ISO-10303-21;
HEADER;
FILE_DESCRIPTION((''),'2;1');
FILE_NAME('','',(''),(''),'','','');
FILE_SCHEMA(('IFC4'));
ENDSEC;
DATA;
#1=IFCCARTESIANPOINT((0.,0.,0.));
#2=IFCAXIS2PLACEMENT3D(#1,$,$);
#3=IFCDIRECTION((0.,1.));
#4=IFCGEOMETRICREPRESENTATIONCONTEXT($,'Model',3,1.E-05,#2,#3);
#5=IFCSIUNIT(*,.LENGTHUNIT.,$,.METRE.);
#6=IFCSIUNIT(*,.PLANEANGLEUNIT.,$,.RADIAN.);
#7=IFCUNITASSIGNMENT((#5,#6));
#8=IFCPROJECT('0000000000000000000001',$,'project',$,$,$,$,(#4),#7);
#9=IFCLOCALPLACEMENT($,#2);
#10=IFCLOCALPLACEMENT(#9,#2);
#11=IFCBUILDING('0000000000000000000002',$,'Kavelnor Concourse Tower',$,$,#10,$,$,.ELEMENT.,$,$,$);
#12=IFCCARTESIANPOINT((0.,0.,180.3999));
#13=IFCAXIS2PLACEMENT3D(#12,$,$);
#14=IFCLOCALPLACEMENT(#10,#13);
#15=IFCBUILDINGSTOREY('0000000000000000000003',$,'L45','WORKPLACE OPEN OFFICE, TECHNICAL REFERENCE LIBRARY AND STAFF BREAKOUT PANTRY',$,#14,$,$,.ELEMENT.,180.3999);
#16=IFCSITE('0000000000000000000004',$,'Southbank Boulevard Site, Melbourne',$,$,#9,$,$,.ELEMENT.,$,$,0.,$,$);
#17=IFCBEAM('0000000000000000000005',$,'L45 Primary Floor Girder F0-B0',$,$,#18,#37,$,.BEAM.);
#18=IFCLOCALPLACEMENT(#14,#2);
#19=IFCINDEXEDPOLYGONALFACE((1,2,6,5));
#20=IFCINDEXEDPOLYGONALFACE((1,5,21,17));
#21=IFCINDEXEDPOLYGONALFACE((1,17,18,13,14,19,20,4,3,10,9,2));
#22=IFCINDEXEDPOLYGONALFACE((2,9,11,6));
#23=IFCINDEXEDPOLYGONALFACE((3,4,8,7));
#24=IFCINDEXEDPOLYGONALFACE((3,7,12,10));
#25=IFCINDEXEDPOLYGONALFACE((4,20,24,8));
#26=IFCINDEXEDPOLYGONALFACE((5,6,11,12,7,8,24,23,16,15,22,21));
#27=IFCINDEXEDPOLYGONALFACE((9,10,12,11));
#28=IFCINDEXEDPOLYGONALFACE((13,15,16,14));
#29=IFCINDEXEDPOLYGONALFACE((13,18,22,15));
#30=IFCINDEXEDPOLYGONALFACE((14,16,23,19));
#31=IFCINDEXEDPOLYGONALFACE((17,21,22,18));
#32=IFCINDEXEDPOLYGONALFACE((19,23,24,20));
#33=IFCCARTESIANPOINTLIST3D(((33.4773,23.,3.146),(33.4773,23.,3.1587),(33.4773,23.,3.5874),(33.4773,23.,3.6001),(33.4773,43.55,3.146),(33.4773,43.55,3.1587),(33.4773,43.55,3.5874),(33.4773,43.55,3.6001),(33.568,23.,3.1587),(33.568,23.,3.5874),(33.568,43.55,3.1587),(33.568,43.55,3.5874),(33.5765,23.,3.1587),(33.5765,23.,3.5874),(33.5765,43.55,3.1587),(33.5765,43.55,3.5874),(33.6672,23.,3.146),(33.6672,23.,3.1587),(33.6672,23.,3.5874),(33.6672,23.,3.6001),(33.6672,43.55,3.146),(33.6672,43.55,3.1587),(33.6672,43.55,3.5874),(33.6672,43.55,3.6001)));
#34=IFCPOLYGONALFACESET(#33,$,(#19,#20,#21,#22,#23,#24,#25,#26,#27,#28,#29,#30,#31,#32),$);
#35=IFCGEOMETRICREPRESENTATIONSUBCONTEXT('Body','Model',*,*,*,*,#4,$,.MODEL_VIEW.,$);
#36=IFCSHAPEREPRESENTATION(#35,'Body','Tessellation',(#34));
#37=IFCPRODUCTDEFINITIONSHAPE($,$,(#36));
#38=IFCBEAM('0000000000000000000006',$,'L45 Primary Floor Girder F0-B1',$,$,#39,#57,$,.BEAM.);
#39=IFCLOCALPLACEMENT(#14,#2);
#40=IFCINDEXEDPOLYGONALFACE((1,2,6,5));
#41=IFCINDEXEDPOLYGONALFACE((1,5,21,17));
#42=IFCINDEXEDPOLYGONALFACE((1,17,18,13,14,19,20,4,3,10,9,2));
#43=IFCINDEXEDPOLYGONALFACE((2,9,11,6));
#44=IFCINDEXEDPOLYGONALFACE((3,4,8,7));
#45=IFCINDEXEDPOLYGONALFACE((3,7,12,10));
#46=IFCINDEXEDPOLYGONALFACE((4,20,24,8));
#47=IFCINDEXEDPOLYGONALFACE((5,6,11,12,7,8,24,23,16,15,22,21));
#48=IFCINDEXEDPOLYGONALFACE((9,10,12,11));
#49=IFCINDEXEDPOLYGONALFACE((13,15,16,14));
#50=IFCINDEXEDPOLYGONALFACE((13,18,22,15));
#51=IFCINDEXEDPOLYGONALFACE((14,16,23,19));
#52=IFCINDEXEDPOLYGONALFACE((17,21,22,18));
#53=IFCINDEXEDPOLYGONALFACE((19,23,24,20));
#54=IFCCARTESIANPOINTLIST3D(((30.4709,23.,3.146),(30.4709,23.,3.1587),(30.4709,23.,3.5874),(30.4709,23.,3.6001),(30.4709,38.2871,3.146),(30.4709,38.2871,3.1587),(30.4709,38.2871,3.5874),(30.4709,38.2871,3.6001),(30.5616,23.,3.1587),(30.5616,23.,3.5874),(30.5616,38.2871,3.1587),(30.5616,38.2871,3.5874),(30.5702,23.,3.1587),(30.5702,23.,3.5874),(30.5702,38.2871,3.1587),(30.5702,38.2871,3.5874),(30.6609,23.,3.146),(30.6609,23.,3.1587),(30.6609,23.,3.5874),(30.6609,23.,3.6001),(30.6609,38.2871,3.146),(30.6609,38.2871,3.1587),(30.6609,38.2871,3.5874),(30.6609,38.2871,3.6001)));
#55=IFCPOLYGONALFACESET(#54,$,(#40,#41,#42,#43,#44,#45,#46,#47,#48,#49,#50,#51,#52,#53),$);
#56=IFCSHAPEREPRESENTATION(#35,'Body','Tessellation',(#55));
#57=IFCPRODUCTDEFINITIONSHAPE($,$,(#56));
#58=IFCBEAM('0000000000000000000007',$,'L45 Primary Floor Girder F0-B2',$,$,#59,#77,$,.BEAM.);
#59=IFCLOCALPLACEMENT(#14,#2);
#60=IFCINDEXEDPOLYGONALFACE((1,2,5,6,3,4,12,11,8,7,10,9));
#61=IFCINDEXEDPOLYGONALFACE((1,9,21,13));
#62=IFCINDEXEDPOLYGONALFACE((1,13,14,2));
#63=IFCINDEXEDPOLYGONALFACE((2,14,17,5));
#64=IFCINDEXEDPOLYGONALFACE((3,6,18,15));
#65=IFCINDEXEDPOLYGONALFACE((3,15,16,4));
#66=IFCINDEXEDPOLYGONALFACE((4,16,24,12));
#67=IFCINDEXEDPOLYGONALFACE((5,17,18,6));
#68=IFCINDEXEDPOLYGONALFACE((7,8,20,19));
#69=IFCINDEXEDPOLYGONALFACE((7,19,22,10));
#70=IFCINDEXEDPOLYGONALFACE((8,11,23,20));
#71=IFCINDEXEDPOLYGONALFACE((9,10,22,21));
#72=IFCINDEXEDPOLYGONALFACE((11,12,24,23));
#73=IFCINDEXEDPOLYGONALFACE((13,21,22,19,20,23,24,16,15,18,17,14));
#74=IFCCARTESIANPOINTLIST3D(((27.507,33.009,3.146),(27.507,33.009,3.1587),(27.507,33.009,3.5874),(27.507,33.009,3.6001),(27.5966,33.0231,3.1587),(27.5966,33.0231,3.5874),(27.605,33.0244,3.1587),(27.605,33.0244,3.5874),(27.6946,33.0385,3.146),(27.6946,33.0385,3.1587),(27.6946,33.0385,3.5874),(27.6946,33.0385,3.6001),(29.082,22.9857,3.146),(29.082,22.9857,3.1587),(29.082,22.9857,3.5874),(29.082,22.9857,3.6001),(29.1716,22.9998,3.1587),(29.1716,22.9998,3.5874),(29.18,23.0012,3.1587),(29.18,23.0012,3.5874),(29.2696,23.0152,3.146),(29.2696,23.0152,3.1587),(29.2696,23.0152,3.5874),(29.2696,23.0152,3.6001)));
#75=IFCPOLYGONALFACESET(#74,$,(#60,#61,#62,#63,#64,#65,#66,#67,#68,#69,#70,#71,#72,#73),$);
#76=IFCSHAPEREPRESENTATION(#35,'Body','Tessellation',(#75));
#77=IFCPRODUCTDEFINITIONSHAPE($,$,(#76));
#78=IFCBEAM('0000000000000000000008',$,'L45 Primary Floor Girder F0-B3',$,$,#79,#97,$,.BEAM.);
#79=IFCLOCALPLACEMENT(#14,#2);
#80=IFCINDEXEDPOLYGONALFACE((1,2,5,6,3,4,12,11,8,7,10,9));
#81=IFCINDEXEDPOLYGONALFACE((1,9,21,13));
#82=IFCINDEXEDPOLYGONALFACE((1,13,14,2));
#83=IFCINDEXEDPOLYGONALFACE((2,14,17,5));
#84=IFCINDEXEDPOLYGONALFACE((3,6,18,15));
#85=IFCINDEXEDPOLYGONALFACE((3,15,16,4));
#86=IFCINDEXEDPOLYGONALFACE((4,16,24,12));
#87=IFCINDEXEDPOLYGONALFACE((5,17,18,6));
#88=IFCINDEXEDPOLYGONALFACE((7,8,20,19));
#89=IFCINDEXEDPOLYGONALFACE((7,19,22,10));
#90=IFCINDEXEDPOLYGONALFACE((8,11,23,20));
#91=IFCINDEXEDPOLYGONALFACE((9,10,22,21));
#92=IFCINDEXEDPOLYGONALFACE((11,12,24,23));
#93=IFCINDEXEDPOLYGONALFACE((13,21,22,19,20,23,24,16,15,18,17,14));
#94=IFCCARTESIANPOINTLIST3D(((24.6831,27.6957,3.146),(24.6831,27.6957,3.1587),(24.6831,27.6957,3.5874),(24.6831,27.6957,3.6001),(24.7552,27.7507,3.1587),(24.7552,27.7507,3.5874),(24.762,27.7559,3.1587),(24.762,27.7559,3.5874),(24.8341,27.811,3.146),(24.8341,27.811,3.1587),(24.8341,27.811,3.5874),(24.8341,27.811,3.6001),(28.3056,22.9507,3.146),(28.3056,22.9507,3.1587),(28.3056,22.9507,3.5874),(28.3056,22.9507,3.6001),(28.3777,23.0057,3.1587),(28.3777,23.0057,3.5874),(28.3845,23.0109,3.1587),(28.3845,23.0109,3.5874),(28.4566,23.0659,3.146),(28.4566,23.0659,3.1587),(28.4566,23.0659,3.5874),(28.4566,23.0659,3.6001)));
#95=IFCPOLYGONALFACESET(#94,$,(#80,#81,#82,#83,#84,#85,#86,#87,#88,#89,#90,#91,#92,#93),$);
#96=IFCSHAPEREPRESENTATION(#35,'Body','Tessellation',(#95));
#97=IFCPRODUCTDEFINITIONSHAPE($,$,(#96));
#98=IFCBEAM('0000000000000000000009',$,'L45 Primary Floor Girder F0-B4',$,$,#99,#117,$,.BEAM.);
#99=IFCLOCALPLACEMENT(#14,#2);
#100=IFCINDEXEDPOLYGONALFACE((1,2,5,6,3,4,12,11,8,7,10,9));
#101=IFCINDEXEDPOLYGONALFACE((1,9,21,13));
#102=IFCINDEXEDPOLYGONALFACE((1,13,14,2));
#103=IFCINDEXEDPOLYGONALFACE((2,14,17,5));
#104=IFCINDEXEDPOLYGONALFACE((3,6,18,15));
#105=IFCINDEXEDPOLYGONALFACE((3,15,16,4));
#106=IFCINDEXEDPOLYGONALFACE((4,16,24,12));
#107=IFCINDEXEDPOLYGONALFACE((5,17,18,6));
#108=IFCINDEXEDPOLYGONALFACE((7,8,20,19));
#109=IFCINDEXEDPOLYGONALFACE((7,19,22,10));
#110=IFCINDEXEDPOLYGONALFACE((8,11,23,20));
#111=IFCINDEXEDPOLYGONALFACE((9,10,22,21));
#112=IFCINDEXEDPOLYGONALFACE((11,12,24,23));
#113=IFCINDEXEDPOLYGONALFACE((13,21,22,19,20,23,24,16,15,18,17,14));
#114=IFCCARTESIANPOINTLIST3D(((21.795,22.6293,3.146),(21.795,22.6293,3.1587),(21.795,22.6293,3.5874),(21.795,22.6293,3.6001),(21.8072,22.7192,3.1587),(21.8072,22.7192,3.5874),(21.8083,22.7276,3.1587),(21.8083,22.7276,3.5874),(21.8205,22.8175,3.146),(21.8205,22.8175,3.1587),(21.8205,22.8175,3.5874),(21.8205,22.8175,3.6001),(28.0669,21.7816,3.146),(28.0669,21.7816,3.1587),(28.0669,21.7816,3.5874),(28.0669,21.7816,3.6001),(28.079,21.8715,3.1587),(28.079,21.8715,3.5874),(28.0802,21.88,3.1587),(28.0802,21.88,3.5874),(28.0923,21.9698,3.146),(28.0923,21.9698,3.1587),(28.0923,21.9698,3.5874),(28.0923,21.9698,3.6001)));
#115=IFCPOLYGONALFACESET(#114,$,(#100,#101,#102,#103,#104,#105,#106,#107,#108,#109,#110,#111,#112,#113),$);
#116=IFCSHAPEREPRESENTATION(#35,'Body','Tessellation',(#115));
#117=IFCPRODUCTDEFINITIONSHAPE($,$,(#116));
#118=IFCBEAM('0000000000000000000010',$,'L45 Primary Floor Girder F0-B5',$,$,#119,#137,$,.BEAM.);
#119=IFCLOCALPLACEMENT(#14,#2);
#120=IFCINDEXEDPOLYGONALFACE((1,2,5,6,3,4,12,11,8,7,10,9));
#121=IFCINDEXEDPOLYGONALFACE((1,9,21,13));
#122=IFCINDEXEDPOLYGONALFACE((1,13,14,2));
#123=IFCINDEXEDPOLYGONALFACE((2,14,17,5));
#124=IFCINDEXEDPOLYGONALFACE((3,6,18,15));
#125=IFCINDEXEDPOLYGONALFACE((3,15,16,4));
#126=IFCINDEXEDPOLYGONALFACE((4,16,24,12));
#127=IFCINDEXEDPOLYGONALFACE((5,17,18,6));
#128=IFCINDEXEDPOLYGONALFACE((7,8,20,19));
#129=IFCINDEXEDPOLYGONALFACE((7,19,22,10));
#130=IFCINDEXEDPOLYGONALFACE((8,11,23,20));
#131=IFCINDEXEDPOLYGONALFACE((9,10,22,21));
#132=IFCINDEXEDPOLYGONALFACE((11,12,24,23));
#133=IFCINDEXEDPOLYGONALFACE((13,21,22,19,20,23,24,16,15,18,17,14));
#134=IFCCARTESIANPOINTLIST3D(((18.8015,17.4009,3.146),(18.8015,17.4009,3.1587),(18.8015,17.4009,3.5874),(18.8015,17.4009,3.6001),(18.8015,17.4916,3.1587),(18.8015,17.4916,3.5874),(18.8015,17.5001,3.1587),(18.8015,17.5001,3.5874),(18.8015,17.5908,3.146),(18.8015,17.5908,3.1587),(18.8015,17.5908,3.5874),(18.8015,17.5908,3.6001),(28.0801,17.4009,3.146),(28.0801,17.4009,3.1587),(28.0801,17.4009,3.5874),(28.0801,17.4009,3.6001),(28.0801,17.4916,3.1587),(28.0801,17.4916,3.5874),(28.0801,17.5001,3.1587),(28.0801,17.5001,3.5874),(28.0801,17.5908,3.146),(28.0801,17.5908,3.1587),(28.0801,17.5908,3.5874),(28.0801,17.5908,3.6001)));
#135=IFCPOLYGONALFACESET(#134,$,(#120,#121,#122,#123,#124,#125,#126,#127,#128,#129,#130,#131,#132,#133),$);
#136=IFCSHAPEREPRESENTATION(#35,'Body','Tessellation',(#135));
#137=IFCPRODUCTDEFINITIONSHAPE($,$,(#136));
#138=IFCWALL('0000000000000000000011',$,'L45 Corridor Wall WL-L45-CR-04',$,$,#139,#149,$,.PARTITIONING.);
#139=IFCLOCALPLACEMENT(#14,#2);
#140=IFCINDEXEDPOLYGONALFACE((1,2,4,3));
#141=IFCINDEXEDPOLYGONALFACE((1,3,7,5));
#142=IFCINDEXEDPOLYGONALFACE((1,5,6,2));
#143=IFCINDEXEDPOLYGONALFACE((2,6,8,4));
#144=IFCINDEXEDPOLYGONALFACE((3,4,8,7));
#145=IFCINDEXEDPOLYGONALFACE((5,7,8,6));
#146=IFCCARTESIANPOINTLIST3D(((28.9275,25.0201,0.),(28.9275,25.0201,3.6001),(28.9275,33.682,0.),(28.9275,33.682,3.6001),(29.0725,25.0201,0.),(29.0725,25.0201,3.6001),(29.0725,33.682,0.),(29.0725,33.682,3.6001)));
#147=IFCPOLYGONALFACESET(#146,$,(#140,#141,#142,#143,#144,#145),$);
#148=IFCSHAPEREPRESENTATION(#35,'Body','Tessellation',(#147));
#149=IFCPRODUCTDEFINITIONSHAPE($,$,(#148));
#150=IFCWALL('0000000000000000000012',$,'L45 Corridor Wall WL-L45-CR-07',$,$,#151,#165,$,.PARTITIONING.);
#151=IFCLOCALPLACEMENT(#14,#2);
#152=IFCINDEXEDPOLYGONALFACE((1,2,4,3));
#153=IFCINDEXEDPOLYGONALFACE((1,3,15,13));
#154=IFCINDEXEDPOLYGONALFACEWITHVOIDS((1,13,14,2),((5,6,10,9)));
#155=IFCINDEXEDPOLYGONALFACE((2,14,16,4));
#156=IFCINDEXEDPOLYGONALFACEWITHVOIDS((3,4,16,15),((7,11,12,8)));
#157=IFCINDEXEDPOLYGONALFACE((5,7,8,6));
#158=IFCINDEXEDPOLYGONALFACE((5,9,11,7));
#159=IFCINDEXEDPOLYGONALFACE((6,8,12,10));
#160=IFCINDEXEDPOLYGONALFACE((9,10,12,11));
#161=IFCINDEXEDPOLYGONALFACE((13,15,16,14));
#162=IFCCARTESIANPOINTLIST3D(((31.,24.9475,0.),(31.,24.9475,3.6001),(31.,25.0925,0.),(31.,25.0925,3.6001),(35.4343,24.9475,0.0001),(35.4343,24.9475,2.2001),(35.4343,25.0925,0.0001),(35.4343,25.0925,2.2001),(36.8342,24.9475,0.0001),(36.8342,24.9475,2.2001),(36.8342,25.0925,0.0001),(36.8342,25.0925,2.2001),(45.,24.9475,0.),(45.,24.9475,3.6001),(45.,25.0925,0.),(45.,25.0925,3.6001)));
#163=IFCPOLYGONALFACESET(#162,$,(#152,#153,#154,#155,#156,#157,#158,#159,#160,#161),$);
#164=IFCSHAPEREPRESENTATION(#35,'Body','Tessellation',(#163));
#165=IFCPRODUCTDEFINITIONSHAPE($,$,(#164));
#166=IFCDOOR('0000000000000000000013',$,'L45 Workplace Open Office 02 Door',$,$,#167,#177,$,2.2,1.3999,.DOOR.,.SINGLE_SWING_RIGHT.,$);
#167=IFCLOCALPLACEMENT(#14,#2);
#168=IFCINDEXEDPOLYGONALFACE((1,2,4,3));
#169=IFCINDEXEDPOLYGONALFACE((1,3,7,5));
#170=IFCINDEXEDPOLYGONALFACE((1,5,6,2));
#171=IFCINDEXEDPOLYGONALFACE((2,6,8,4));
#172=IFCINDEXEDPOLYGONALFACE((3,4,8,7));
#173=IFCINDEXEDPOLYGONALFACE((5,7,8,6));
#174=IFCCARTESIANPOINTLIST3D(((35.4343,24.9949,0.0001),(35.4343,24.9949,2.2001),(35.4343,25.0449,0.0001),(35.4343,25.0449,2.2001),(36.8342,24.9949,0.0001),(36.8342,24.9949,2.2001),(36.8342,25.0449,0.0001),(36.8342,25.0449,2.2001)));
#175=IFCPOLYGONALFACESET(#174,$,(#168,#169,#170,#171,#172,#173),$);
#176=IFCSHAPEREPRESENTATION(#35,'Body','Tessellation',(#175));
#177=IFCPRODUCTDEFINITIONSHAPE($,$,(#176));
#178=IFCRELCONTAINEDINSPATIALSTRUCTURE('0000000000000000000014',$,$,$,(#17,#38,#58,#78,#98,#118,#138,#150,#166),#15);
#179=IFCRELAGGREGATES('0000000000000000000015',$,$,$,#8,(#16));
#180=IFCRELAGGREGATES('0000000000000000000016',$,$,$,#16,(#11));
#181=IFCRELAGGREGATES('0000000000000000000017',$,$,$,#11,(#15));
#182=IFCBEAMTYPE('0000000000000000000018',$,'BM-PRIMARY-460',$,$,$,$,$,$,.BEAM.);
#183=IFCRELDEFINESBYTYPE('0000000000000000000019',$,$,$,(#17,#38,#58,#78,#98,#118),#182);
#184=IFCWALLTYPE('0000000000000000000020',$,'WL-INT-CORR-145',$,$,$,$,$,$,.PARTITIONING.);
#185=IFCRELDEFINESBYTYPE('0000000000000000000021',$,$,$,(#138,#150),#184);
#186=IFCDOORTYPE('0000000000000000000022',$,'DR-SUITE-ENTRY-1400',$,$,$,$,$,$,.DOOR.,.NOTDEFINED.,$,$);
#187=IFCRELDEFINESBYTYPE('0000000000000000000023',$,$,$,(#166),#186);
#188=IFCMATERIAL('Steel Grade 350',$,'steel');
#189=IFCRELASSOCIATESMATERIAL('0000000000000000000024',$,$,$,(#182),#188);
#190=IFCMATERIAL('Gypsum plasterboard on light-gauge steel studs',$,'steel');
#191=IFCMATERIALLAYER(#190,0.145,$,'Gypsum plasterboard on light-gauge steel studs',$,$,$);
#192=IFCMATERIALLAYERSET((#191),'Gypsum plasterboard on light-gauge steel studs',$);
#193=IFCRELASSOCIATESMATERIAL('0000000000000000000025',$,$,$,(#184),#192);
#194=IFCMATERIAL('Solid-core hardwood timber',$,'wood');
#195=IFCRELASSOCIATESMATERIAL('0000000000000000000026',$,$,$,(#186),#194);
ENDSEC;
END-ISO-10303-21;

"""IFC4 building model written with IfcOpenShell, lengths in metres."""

from ifc_helpers import new_model, si_unit, direction, frame, frame_2d, origin, origin_2d, place, context, subcontext, project, spatial, rectangle, i_section, extrude, material, layer, layer_set, material_profile, profile_set, type_object, element, fill, save


model = new_model("IFC4")

# Units and contexts
model_context = context("Model", 3, precision=1e-05, world=origin(), true_north=direction((0.0, 1.0)))
body_context = subcontext(model_context, "Body", "Model", "MODEL_VIEW")
ifc_project = project(units=[si_unit("LENGTHUNIT", "METRE"), si_unit("PLANEANGLEUNIT", "RADIAN")], contexts=[model_context])

# Site, building, storey
site_placement = place(None, origin())
site = spatial("IfcSite", under=ifc_project, at=site_placement, Name="Southbank Boulevard Site, Melbourne", CompositionType="ELEMENT", RefElevation=0.0)
building_placement = place(site_placement, origin())
building = spatial("IfcBuilding", under=site, at=building_placement, Name="Kavelnor Concourse Tower", CompositionType="ELEMENT")
storey_placement = place(building_placement, frame((0.0, 0.0, 180.3999)))
storey = spatial("IfcBuildingStorey", under=building, at=storey_placement, Name="L45", Description="WORKPLACE OPEN OFFICE, TECHNICAL REFERENCE LIBRARY AND STAFF BREAKOUT PANTRY", CompositionType="ELEMENT", Elevation=180.3999)

# Beams
ifc_material_1 = material(Name="Steel Grade 350", Category="steel")
ifc_material_profile = material_profile(ifc_material_1, i_section(OverallWidth=0.1899, OverallDepth=0.4541, WebThickness=0.0085, FlangeThickness=0.0127, at=origin_2d()), Name="460UB67")
ifc_profile_set = profile_set([ifc_material_profile], Name="Steel Grade 350")
beam_type = type_object("IfcBeamType", Name="BM-PRIMARY-460", PredefinedType="BEAM", material=ifc_profile_set)
beam_1_placement = place(storey_placement, frame((33.5723, 23.0, 3.373), z_axis=(0.0, 1.0, 0.0), x_axis=(-1.0, 0.0, 0.0)))
element("IfcBeam", 1, at=beam_1_placement, inside=storey, type_object=beam_type, Name="L45 Primary Floor Girder F0-B0", PredefinedType="BEAM", context=body_context, shape_type="SweptSolid", body=[
    extrude(i_section(OverallWidth=0.1899, OverallDepth=0.4541, WebThickness=0.0085, FlangeThickness=0.0127, at=origin_2d()), origin(), (0.0, 0.0, 1.0), 20.55),
])
beam_2_placement = place(storey_placement, frame((30.5659, 23.0, 3.373), z_axis=(0.0, 1.0, 0.0), x_axis=(-1.0, 0.0, 0.0)))
element("IfcBeam", 2, at=beam_2_placement, inside=storey, type_object=beam_type, Name="L45 Primary Floor Girder F0-B1", PredefinedType="BEAM", context=body_context, shape_type="SweptSolid", body=[
    extrude(i_section(OverallWidth=0.1899, OverallDepth=0.4541, WebThickness=0.0085, FlangeThickness=0.0127, at=origin_2d()), origin(), (0.0, 0.0, 1.0), 15.2871),
])
beam_3_placement = place(storey_placement, frame((29.1758, 23.0005, 3.373), z_axis=(-0.155226, 0.987879, 0.0), x_axis=(-0.987879, -0.155226, 0.0)))
element("IfcBeam", 3, at=beam_3_placement, inside=storey, type_object=beam_type, Name="L45 Primary Floor Girder F0-B2", PredefinedType="BEAM", context=body_context, shape_type="SweptSolid", body=[
    extrude(i_section(OverallWidth=0.1899, OverallDepth=0.4541, WebThickness=0.0085, FlangeThickness=0.0127, at=origin_2d()), origin(), (0.0, 0.0, 1.0), 10.1462),
])
beam_4_placement = place(storey_placement, frame((28.3811, 23.0083, 3.373), z_axis=(-0.606809, 0.794847, 0.0), x_axis=(-0.794847, -0.606809, 0.0)))
element("IfcBeam", 4, at=beam_4_placement, inside=storey, type_object=beam_type, Name="L45 Primary Floor Girder F0-B3", PredefinedType="BEAM", context=body_context, shape_type="SweptSolid", body=[
    extrude(i_section(OverallWidth=0.1899, OverallDepth=0.4541, WebThickness=0.0085, FlangeThickness=0.0127, at=origin_2d()), origin(), (0.0, 0.0, 1.0), 5.9697),
])
beam_5_placement = place(storey_placement, frame((28.0796, 21.8757, 3.373), z_axis=(-0.99099, 0.133937, 0.0), x_axis=(-0.133937, -0.99099, 0.0)))
element("IfcBeam", 5, at=beam_5_placement, inside=storey, type_object=beam_type, Name="L45 Primary Floor Girder F0-B4", PredefinedType="BEAM", context=body_context, shape_type="SweptSolid", body=[
    extrude(i_section(OverallWidth=0.1899, OverallDepth=0.4541, WebThickness=0.0085, FlangeThickness=0.0127, at=origin_2d()), origin(), (0.0, 0.0, 1.0), 6.3289),
])
beam_6_placement = place(storey_placement, frame((28.0801, 17.4958, 3.373), z_axis=(-1.0, 0.0, 0.0), x_axis=(0.0, -1.0, 0.0)))
element("IfcBeam", 6, at=beam_6_placement, inside=storey, type_object=beam_type, Name="L45 Primary Floor Girder F0-B5", PredefinedType="BEAM", context=body_context, shape_type="SweptSolid", body=[
    extrude(i_section(OverallWidth=0.1899, OverallDepth=0.4541, WebThickness=0.0085, FlangeThickness=0.0127, at=origin_2d()), origin(), (0.0, 0.0, 1.0), 9.2786),
])

# Wall
ifc_material_2 = material(Name="Gypsum plasterboard on light-gauge steel studs", Category="steel")
ifc_layer_1 = layer(ifc_material_2, 0.145, Name="Gypsum plasterboard on light-gauge steel studs")
ifc_layer_set_1 = layer_set([ifc_layer_1], Name="Gypsum plasterboard on light-gauge steel studs")
wall_type_1 = type_object("IfcWallType", Name="WL-INT-CORR-145", PredefinedType="PARTITIONING", material=ifc_layer_set_1)
wall_1_placement = place(storey_placement, frame((29.0, 25.02, 0.0), z_axis=(0.0, 0.0, 1.0), x_axis=(0.0, 1.0, 0.0)))
element("IfcWall", 7, at=wall_1_placement, inside=storey, type_object=wall_type_1, Name="L45 Corridor Wall WL-L45-CR-04", PredefinedType="PARTITIONING", context=body_context, shape_type="SweptSolid", body=[
    extrude(rectangle(XDim=8.6619, YDim=0.145, at=frame_2d((4.3311, 0.0))), origin(), (0.0, 0.0, 1.0), 3.6001),
])

# Wall, opening, door
wall_2_placement = place(storey_placement, frame((31.0, 25.02, 0.0), z_axis=(0.0, 0.0, 1.0), x_axis=(1.0, 0.0, 0.0)))
wall_2 = element("IfcWall", 8, at=wall_2_placement, inside=storey, type_object=wall_type_1, Name="L45 Corridor Wall WL-L45-CR-07", PredefinedType="PARTITIONING", context=body_context, shape_type="SweptSolid", body=[
    extrude(rectangle(XDim=14.0, YDim=0.145, at=frame_2d((7.0, 0.0))), origin(), (0.0, 0.0, 1.0), 3.6001),
])
opening_1_placement = place(wall_2_placement, frame((4.4343, 0.0, 0.0)))
opening_1 = element("IfcOpeningElement", 9, at=opening_1_placement, cuts=wall_2, PredefinedType="OPENING", context=body_context, shape_type="SweptSolid", body=[
    extrude(rectangle(XDim=1.3999, YDim=2.2, at=frame_2d((0.7, 1.1001))), frame((0.0, 0.0825, 0.0), z_axis=(0.0, -1.0, 0.0), x_axis=(1.0, 0.0, 0.0)), (0.0, 0.0, 1.0), 0.165),
])
ifc_material_3 = material(Name="Solid-core hardwood timber", Category="wood")
door_type_1 = type_object("IfcDoorType", Name="DR-SUITE-ENTRY-1400", OperationType="NOTDEFINED", PredefinedType="DOOR", material=ifc_material_3)
door_1_placement = place(opening_1_placement, origin())
door_1 = element("IfcDoor", 10, at=door_1_placement, inside=storey, type_object=door_type_1, Name="L45 Workplace Open Office 02 Door", OperationType="SINGLE_SWING_RIGHT", OverallHeight=2.2, OverallWidth=1.3999, PredefinedType="DOOR", context=body_context, shape_type="SweptSolid", body=[
    extrude(rectangle(XDim=1.3999, YDim=2.2, at=frame_2d((0.7, 1.1001))), frame((0.0, 0.0249, 0.0), z_axis=(0.0, -1.0, 0.0), x_axis=(1.0, 0.0, 0.0)), (0.0, 0.0, 1.0), 0.05),
])
fill(opening_1, door_1)

save(model, "model.ifc")
